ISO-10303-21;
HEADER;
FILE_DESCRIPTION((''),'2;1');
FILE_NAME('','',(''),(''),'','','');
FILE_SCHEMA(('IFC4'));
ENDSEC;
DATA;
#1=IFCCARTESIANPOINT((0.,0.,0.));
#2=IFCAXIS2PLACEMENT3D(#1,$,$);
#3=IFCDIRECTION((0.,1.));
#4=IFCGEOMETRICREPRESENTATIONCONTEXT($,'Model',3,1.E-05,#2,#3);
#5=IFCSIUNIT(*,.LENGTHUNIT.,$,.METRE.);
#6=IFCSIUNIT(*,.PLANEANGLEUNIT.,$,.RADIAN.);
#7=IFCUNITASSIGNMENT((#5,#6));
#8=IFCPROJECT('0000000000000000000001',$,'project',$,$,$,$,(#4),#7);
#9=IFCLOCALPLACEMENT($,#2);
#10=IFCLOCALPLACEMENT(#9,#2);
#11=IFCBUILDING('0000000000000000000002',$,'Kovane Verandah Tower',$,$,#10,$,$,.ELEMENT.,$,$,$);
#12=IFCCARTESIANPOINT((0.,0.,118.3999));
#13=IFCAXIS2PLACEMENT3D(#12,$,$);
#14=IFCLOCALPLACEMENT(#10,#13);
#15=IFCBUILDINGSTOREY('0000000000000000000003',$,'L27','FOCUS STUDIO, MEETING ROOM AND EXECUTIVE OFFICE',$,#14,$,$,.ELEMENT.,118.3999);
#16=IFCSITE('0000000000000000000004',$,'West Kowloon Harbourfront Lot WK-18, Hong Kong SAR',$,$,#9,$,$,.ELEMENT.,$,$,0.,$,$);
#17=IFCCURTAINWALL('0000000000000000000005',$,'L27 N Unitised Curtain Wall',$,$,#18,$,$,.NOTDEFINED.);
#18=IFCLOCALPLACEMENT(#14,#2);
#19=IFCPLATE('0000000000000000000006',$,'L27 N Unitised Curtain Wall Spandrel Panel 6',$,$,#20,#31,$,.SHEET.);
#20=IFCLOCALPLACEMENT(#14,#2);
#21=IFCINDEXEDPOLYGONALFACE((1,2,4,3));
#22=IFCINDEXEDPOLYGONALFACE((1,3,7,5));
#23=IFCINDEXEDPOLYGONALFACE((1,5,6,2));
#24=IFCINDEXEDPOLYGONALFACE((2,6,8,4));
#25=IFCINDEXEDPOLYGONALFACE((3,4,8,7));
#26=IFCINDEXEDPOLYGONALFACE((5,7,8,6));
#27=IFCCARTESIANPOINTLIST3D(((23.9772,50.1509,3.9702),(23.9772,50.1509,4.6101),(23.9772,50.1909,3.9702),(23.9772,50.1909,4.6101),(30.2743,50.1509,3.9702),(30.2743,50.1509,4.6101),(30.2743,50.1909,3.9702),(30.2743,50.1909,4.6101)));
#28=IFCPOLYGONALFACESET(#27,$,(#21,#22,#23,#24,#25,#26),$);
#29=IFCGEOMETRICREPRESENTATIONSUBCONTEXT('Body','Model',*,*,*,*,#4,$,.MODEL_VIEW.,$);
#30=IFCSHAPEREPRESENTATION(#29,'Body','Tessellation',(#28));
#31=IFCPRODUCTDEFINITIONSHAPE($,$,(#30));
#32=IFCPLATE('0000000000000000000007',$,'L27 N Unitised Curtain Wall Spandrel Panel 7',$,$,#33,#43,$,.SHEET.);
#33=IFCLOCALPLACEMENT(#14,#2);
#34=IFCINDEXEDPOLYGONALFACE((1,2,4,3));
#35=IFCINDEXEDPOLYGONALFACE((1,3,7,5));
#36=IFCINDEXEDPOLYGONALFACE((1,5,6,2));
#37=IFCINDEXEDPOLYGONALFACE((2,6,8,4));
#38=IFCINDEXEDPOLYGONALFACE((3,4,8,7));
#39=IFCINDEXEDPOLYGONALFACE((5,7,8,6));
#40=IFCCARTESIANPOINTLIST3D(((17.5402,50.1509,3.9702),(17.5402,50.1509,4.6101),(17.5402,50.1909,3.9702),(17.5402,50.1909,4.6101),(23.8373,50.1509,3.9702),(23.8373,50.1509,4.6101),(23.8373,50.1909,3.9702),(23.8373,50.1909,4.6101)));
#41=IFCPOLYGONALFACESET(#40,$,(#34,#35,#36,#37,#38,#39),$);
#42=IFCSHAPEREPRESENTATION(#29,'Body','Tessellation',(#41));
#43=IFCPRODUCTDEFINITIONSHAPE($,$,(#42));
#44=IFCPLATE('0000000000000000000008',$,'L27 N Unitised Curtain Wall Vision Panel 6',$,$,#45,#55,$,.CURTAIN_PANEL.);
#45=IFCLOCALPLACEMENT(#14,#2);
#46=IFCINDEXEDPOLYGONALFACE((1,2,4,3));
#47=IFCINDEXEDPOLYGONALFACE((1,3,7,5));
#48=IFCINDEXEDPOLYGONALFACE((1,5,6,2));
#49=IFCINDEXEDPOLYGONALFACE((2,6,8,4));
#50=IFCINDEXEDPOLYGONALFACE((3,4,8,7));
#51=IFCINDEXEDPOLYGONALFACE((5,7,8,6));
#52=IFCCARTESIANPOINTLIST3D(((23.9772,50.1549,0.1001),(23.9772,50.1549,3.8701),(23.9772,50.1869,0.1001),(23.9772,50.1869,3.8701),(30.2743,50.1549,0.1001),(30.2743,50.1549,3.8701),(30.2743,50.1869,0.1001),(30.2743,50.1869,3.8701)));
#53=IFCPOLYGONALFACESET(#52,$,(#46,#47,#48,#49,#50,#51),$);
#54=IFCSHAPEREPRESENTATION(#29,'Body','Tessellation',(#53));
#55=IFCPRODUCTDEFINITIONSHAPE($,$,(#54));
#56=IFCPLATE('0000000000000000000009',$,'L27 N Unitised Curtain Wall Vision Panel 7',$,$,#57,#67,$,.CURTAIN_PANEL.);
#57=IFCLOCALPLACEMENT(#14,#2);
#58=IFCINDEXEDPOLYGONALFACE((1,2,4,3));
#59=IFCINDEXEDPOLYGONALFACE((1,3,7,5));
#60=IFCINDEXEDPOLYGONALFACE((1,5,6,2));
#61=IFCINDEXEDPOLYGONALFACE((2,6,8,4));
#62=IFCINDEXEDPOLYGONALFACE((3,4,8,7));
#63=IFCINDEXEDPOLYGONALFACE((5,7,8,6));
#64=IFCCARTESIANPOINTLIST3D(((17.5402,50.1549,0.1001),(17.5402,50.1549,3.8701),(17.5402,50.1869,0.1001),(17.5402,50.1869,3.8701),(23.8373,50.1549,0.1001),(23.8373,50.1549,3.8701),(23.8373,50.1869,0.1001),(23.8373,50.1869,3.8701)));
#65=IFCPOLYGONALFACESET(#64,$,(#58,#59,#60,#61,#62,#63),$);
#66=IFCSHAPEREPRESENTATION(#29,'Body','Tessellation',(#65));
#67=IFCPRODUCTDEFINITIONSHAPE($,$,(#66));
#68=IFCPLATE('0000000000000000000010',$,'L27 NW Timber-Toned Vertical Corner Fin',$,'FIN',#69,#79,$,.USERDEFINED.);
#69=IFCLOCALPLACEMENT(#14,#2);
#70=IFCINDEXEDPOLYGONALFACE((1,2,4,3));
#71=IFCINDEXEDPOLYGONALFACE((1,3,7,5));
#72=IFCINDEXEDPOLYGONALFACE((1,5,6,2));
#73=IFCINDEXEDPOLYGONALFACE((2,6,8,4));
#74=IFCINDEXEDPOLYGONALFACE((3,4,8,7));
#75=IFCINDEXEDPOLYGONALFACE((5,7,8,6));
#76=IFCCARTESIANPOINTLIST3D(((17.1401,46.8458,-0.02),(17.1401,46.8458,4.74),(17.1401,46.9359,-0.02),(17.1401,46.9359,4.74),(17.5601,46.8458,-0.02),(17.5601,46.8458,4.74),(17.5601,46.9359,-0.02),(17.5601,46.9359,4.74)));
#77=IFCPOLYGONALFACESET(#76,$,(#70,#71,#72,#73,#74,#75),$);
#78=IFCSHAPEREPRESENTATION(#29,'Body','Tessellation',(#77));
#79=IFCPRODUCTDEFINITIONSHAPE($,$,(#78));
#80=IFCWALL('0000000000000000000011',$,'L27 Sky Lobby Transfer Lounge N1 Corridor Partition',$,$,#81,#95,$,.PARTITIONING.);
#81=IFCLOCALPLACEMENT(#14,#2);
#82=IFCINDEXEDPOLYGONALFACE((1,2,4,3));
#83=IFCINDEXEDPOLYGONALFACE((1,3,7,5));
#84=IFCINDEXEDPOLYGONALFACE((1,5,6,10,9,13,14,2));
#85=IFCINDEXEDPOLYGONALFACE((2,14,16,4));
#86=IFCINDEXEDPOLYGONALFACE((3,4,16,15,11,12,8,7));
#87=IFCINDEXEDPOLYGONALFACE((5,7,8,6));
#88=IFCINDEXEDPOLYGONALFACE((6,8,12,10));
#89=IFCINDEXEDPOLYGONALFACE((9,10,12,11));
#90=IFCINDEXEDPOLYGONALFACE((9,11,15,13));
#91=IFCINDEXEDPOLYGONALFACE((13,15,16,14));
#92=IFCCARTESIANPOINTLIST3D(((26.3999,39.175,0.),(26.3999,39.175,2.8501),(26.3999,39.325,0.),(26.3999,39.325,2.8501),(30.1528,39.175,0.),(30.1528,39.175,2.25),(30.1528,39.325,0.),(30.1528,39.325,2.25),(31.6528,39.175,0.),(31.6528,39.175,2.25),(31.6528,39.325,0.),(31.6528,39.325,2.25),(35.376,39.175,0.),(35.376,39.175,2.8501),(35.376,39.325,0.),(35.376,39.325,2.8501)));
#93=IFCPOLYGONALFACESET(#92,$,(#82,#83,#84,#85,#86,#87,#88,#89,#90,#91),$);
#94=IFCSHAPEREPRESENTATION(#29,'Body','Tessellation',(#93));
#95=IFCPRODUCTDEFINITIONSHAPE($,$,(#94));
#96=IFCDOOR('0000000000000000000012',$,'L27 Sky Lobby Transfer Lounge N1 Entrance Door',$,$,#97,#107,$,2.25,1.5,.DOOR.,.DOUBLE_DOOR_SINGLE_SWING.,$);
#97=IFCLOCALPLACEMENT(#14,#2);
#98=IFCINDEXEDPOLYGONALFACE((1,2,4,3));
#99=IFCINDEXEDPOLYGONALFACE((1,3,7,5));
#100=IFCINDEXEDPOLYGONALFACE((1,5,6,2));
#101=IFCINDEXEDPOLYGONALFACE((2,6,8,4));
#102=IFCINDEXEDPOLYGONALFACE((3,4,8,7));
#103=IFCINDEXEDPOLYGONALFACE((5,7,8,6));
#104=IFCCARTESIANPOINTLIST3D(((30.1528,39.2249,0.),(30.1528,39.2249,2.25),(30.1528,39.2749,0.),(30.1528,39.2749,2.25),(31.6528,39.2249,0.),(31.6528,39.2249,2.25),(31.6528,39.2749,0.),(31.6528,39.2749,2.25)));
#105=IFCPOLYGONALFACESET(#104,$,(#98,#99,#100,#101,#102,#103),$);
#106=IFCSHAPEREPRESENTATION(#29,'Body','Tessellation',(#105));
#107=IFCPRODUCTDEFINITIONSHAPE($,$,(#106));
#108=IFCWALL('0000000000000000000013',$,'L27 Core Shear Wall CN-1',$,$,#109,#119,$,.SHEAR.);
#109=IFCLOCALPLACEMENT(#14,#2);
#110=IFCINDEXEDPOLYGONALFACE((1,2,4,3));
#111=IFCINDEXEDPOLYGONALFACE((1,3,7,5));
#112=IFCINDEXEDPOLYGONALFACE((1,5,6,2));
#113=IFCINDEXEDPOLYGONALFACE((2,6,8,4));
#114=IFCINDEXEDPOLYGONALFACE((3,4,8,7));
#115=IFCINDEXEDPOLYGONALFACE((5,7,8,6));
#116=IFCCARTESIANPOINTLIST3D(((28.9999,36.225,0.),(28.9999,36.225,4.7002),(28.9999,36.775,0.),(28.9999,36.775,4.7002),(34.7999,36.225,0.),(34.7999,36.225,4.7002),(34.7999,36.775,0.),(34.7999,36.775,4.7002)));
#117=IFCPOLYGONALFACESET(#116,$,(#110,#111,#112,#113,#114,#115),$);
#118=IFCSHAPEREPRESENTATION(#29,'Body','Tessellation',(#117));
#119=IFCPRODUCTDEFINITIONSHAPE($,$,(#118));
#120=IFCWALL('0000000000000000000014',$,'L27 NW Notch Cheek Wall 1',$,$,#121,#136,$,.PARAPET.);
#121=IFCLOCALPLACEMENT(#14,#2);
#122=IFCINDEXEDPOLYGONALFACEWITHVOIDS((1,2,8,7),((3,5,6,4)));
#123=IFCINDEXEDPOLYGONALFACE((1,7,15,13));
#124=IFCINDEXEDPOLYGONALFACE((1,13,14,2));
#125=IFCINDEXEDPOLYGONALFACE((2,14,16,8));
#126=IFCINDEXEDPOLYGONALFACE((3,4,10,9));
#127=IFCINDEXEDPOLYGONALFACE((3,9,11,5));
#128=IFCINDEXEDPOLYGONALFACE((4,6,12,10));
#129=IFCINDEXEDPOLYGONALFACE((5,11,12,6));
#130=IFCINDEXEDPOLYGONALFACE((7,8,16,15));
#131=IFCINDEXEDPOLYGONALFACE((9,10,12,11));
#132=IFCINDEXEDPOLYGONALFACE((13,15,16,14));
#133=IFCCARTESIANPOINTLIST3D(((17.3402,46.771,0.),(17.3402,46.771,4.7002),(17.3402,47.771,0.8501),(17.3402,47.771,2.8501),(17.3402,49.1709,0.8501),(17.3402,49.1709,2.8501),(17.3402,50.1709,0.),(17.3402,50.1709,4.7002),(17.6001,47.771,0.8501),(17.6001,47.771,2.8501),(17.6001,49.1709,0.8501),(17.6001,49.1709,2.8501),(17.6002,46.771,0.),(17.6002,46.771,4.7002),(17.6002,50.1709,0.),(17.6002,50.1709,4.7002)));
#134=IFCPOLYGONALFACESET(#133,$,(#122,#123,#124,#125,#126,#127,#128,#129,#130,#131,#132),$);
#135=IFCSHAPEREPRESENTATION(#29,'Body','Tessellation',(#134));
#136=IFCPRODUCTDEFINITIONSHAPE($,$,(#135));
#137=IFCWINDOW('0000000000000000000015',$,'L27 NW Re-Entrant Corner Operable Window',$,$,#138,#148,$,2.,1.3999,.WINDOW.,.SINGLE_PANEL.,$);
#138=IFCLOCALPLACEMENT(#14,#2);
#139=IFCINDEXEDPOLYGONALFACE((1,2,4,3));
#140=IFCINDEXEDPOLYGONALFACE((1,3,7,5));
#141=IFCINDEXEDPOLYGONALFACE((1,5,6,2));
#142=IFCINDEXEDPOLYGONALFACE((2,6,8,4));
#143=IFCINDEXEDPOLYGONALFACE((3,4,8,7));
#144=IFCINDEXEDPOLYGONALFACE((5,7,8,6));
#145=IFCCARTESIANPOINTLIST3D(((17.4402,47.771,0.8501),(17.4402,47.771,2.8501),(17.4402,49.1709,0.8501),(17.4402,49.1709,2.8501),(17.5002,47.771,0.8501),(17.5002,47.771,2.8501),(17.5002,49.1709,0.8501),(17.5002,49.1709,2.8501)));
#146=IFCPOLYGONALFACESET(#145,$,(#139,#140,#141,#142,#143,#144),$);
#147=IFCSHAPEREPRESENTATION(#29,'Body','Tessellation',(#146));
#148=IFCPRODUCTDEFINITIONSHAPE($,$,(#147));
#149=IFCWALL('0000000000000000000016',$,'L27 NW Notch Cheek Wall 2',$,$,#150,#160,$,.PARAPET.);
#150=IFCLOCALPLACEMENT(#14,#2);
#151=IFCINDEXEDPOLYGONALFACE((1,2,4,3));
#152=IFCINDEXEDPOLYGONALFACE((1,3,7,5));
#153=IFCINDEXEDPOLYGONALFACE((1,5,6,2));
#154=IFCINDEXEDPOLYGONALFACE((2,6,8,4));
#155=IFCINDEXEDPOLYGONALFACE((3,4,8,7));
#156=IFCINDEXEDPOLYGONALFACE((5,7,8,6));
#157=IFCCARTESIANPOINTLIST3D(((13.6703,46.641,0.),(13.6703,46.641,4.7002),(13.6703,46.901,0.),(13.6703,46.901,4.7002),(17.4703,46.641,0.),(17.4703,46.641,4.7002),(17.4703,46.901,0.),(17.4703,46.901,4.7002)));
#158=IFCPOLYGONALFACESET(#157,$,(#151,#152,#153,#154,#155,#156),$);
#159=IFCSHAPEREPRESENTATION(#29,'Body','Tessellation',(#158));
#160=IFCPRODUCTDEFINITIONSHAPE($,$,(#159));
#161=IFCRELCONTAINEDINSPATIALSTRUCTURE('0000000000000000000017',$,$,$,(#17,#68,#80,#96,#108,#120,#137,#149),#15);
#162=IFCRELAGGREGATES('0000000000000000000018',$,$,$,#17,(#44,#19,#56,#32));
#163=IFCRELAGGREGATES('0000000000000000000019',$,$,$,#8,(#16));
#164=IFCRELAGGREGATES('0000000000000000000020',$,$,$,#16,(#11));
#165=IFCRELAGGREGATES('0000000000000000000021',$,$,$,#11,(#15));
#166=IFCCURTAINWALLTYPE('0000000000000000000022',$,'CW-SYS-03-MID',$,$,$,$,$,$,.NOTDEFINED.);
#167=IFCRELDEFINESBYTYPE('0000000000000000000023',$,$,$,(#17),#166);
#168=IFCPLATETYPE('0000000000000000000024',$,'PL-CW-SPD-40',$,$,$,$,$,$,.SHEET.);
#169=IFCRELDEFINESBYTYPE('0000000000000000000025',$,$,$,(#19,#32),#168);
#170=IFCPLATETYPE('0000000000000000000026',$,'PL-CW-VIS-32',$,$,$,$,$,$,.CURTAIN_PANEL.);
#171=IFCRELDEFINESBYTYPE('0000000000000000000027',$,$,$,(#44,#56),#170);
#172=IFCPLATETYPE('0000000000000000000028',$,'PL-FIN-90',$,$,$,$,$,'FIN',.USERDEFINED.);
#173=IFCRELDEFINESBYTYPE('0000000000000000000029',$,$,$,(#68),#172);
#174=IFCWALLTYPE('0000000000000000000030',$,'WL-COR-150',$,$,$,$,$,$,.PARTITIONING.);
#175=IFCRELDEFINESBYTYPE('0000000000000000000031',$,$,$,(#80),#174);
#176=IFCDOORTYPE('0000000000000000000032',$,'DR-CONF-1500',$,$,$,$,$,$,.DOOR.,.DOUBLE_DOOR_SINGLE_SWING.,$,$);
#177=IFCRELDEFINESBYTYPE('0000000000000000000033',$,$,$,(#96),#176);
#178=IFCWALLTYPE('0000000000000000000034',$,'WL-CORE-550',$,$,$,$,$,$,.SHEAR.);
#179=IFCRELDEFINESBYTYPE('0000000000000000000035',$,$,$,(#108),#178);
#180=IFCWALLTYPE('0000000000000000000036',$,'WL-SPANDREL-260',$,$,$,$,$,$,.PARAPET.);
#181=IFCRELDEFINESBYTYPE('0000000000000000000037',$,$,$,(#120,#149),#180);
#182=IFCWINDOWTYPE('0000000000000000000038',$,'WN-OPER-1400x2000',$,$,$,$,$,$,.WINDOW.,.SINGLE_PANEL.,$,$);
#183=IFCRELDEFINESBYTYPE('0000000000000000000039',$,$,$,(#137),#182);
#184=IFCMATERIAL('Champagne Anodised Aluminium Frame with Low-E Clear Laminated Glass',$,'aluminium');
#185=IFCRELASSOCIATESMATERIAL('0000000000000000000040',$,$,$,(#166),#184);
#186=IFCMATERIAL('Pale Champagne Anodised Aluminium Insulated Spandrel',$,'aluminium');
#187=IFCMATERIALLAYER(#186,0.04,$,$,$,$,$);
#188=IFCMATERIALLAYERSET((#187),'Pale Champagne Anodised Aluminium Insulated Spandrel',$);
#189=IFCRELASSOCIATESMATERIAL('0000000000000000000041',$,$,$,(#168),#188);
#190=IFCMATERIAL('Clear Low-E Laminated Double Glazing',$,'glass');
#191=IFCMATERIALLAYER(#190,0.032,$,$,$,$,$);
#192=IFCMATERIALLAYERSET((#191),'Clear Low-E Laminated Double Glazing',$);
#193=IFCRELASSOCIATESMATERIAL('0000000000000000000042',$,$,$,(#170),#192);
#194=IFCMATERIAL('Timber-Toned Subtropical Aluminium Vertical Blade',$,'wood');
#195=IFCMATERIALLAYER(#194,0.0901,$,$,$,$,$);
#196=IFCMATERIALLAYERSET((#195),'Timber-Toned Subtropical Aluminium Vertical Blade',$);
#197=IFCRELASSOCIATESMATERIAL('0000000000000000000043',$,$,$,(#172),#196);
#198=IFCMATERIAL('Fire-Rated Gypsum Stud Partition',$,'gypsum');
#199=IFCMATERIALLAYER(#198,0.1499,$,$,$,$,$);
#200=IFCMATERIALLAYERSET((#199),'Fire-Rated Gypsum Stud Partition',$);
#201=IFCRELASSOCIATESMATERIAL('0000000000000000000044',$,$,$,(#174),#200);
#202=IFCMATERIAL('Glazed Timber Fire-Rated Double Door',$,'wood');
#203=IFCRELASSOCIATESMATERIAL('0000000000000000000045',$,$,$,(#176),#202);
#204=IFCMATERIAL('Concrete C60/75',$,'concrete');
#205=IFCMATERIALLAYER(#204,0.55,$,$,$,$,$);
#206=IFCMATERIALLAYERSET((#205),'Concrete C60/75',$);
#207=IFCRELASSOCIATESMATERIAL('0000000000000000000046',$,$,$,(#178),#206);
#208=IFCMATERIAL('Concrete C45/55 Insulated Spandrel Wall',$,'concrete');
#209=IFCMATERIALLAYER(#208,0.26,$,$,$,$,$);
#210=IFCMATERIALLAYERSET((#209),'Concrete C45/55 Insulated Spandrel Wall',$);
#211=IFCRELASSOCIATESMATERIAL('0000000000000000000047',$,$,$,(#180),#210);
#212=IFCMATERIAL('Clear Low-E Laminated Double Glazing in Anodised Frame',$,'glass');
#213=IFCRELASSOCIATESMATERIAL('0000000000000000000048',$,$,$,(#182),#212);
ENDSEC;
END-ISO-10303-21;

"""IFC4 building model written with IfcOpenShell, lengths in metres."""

from ifc_helpers import new_model, si_unit, direction, frame, frame_2d, origin, origin_2d, place, context, subcontext, project, spatial, rectangle, extrude, material, layer, layer_set, type_object, element, fill, aggregate, save


model = new_model("IFC4")

# Units and contexts
model_context = context("Model", 3, precision=1e-05, world=origin(), true_north=direction((0.0, 1.0)))
body_context = subcontext(model_context, "Body", "Model", "MODEL_VIEW")
ifc_project = project(units=[si_unit("LENGTHUNIT", "METRE"), si_unit("PLANEANGLEUNIT", "RADIAN")], contexts=[model_context])

# Site, building, storey
site_placement = place(None, origin())
site = spatial("IfcSite", under=ifc_project, at=site_placement, Name="West Kowloon Harbourfront Lot WK-18, Hong Kong SAR", CompositionType="ELEMENT", RefElevation=0.0)
building_placement = place(site_placement, origin())
building = spatial("IfcBuilding", under=site, at=building_placement, Name="Kovane Verandah Tower", CompositionType="ELEMENT")
storey_placement = place(building_placement, frame((0.0, 0.0, 118.3999)))
storey = spatial("IfcBuildingStorey", under=building, at=storey_placement, Name="L27", Description="FOCUS STUDIO, MEETING ROOM AND EXECUTIVE OFFICE", CompositionType="ELEMENT", Elevation=118.3999)

# Curtain wall
ifc_material_1 = material(Name="Champagne Anodised Aluminium Frame with Low-E Clear Laminated Glass", Category="aluminium")
curtain_wall_type = type_object("IfcCurtainWallType", Name="CW-SYS-03-MID", PredefinedType="NOTDEFINED", material=ifc_material_1)
curtain_wall_placement = place(storey_placement, origin())
curtain_wall = element("IfcCurtainWall", 1, at=curtain_wall_placement, inside=storey, type_object=curtain_wall_type, Name="L27 N Unitised Curtain Wall", PredefinedType="NOTDEFINED")

# Plates
ifc_material_2 = material(Name="Pale Champagne Anodised Aluminium Insulated Spandrel", Category="aluminium")
ifc_layer_1 = layer(ifc_material_2, 0.04)
ifc_layer_set_1 = layer_set([ifc_layer_1], Name="Pale Champagne Anodised Aluminium Insulated Spandrel")
plate_type_1 = type_object("IfcPlateType", Name="PL-CW-SPD-40", PredefinedType="SHEET", material=ifc_layer_set_1)
plate_1_placement = place(storey_placement, frame((27.1257, 50.1709, 3.9702), z_axis=(0.0, 0.0, 1.0), x_axis=(-1.0, 0.0, 0.0)))
plate_1 = element("IfcPlate", 2, at=plate_1_placement, type_object=plate_type_1, Name="L27 N Unitised Curtain Wall Spandrel Panel 6", PredefinedType="SHEET", context=body_context, shape_type="SweptSolid", body=[
    extrude(rectangle(XDim=6.2971, YDim=0.04, at=origin_2d()), origin(), (0.0, 0.0, 1.0), 0.6399),
])
plate_2_placement = place(storey_placement, frame((20.6887, 50.1709, 3.9702), z_axis=(0.0, 0.0, 1.0), x_axis=(-1.0, 0.0, 0.0)))
plate_2 = element("IfcPlate", 3, at=plate_2_placement, type_object=plate_type_1, Name="L27 N Unitised Curtain Wall Spandrel Panel 7", PredefinedType="SHEET", context=body_context, shape_type="SweptSolid", body=[
    extrude(rectangle(XDim=6.2971, YDim=0.04, at=origin_2d()), origin(), (0.0, 0.0, 1.0), 0.6399),
])
ifc_material_3 = material(Name="Clear Low-E Laminated Double Glazing", Category="glass")
ifc_layer_2 = layer(ifc_material_3, 0.032)
ifc_layer_set_2 = layer_set([ifc_layer_2], Name="Clear Low-E Laminated Double Glazing")
plate_type_2 = type_object("IfcPlateType", Name="PL-CW-VIS-32", PredefinedType="CURTAIN_PANEL", material=ifc_layer_set_2)
plate_3_placement = place(storey_placement, frame((27.1257, 50.1709, 0.1001), z_axis=(0.0, 0.0, 1.0), x_axis=(-1.0, 0.0, 0.0)))
plate_3 = element("IfcPlate", 4, at=plate_3_placement, type_object=plate_type_2, Name="L27 N Unitised Curtain Wall Vision Panel 6", PredefinedType="CURTAIN_PANEL", context=body_context, shape_type="SweptSolid", body=[
    extrude(rectangle(XDim=6.2971, YDim=0.032, at=origin_2d()), origin(), (0.0, 0.0, 1.0), 3.77),
])
plate_4_placement = place(storey_placement, frame((20.6887, 50.1709, 0.1001), z_axis=(0.0, 0.0, 1.0), x_axis=(-1.0, 0.0, 0.0)))
plate_4 = element("IfcPlate", 5, at=plate_4_placement, type_object=plate_type_2, Name="L27 N Unitised Curtain Wall Vision Panel 7", PredefinedType="CURTAIN_PANEL", context=body_context, shape_type="SweptSolid", body=[
    extrude(rectangle(XDim=6.2971, YDim=0.032, at=origin_2d()), origin(), (0.0, 0.0, 1.0), 3.77),
])
aggregate(curtain_wall, [plate_3, plate_1, plate_4, plate_2])
ifc_material_4 = material(Name="Timber-Toned Subtropical Aluminium Vertical Blade", Category="wood")
ifc_layer_3 = layer(ifc_material_4, 0.0901)
ifc_layer_set_3 = layer_set([ifc_layer_3], Name="Timber-Toned Subtropical Aluminium Vertical Blade")
plate_type_3 = type_object("IfcPlateType", Name="PL-FIN-90", ElementType="FIN", PredefinedType="USERDEFINED", material=ifc_layer_set_3)
plate_5_placement = place(storey_placement, frame((17.3501, 46.8909, -0.02), z_axis=(0.0, 0.0, 1.0), x_axis=(1.0, 0.0, 0.0)))
element("IfcPlate", 6, at=plate_5_placement, inside=storey, type_object=plate_type_3, Name="L27 NW Timber-Toned Vertical Corner Fin", ObjectType="FIN", PredefinedType="USERDEFINED", context=body_context, shape_type="SweptSolid", body=[
    extrude(rectangle(XDim=0.4199, YDim=0.0901, at=origin_2d()), origin(), (0.0, 0.0, 1.0), 4.76),
])

# Wall, opening, door
ifc_material_5 = material(Name="Fire-Rated Gypsum Stud Partition", Category="gypsum")
ifc_layer_4 = layer(ifc_material_5, 0.1499)
ifc_layer_set_4 = layer_set([ifc_layer_4], Name="Fire-Rated Gypsum Stud Partition")
wall_type_1 = type_object("IfcWallType", Name="WL-COR-150", PredefinedType="PARTITIONING", material=ifc_layer_set_4)
wall_1_placement = place(storey_placement, frame((26.3999, 39.25, 0.0), z_axis=(0.0, 0.0, 1.0), x_axis=(1.0, 0.0, 0.0)))
wall_1 = element("IfcWall", 7, at=wall_1_placement, inside=storey, type_object=wall_type_1, Name="L27 Sky Lobby Transfer Lounge N1 Corridor Partition", PredefinedType="PARTITIONING", context=body_context, shape_type="SweptSolid", body=[
    extrude(rectangle(XDim=8.9761, YDim=0.1499, at=frame_2d((4.488, 0.0))), origin(), (0.0, 0.0, 1.0), 2.8501),
])
opening_1_placement = place(wall_1_placement, frame((3.7529, 0.0, 0.0)))
opening_1 = element("IfcOpeningElement", 8, at=opening_1_placement, cuts=wall_1, PredefinedType="OPENING", context=body_context, shape_type="SweptSolid", body=[
    extrude(rectangle(XDim=1.5, YDim=2.25, at=frame_2d((0.75, 1.125))), frame((0.0, 0.075, 0.0), z_axis=(0.0, -1.0, 0.0), x_axis=(1.0, 0.0, 0.0)), (0.0, 0.0, 1.0), 0.1499),
])
ifc_material_6 = material(Name="Glazed Timber Fire-Rated Double Door", Category="wood")
door_type_1 = type_object("IfcDoorType", Name="DR-CONF-1500", OperationType="DOUBLE_DOOR_SINGLE_SWING", PredefinedType="DOOR", material=ifc_material_6)
door_1_placement = place(opening_1_placement, origin())
door_1 = element("IfcDoor", 9, at=door_1_placement, inside=storey, type_object=door_type_1, Name="L27 Sky Lobby Transfer Lounge N1 Entrance Door", OperationType="DOUBLE_DOOR_SINGLE_SWING", OverallHeight=2.25, OverallWidth=1.5, PredefinedType="DOOR", context=body_context, shape_type="SweptSolid", body=[
    extrude(rectangle(XDim=1.5, YDim=2.25, at=frame_2d((0.75, 1.125))), frame((0.0, 0.0249, 0.0), z_axis=(0.0, -1.0, 0.0), x_axis=(1.0, 0.0, 0.0)), (0.0, 0.0, 1.0), 0.05),
])
fill(opening_1, door_1)

# Wall
ifc_material_7 = material(Name="Concrete C60/75", Category="concrete")
ifc_layer_5 = layer(ifc_material_7, 0.55)
ifc_layer_set_5 = layer_set([ifc_layer_5], Name="Concrete C60/75")
wall_type_2 = type_object("IfcWallType", Name="WL-CORE-550", PredefinedType="SHEAR", material=ifc_layer_set_5)
wall_2_placement = place(storey_placement, frame((29.0, 36.5, 0.0), z_axis=(0.0, 0.0, 1.0), x_axis=(1.0, 0.0, 0.0)))
element("IfcWall", 10, at=wall_2_placement, inside=storey, type_object=wall_type_2, Name="L27 Core Shear Wall CN-1", PredefinedType="SHEAR", context=body_context, shape_type="SweptSolid", body=[
    extrude(rectangle(XDim=5.8, YDim=0.55, at=frame_2d((2.8999, 0.0))), origin(), (0.0, 0.0, 1.0), 4.7002),
])

# Shared definitions
ifc_material_8 = material(Name="Concrete C45/55 Insulated Spandrel Wall", Category="concrete")
ifc_layer_6 = layer(ifc_material_8, 0.26)
ifc_layer_set_6 = layer_set([ifc_layer_6], Name="Concrete C45/55 Insulated Spandrel Wall")
wall_type_3 = type_object("IfcWallType", Name="WL-SPANDREL-260", PredefinedType="PARAPET", material=ifc_layer_set_6)
ifc_material_9 = material(Name="Clear Low-E Laminated Double Glazing in Anodised Frame", Category="glass")

# Wall, opening, window
wall_3_placement = place(storey_placement, frame((17.4702, 50.1709, 0.0), z_axis=(0.0, 0.0, 1.0), x_axis=(0.0, -1.0, 0.0)))
wall_3 = element("IfcWall", 11, at=wall_3_placement, inside=storey, type_object=wall_type_3, Name="L27 NW Notch Cheek Wall 1", PredefinedType="PARAPET", context=body_context, shape_type="SweptSolid", body=[
    extrude(rectangle(XDim=3.3999, YDim=0.26, at=frame_2d((1.7, 0.0))), origin(), (0.0, 0.0, 1.0), 4.7002),
])
opening_2_placement = place(wall_3_placement, frame((1.0, 0.0, 0.8501)))
opening_2 = element("IfcOpeningElement", 12, at=opening_2_placement, cuts=wall_3, PredefinedType="OPENING", context=body_context, shape_type="SweptSolid", body=[
    extrude(rectangle(XDim=1.3999, YDim=2.0, at=frame_2d((0.7, 1.0))), frame((0.0, 0.1299, 0.0), z_axis=(0.0, -1.0, 0.0), x_axis=(1.0, 0.0, 0.0)), (0.0, 0.0, 1.0), 0.26),
])
window_type_1 = type_object("IfcWindowType", Name="WN-OPER-1400x2000", PartitioningType="SINGLE_PANEL", PredefinedType="WINDOW", material=ifc_material_9)
window_1_placement = place(opening_2_placement, origin())
window_1 = element("IfcWindow", 13, at=window_1_placement, inside=storey, type_object=window_type_1, Name="L27 NW Re-Entrant Corner Operable Window", OverallHeight=2.0, OverallWidth=1.3999, PartitioningType="SINGLE_PANEL", PredefinedType="WINDOW", context=body_context, shape_type="SweptSolid", body=[
    extrude(rectangle(XDim=1.3999, YDim=2.0, at=frame_2d((0.7, 1.0))), frame((0.0, 0.03, 0.0), z_axis=(0.0, -1.0, 0.0), x_axis=(1.0, 0.0, 0.0)), (0.0, 0.0, 1.0), 0.0601),
])
fill(opening_2, window_1)

# Wall
wall_4_placement = place(storey_placement, frame((17.4702, 46.771, 0.0), z_axis=(0.0, 0.0, 1.0), x_axis=(-1.0, 0.0, 0.0)))
element("IfcWall", 14, at=wall_4_placement, inside=storey, type_object=wall_type_3, Name="L27 NW Notch Cheek Wall 2", PredefinedType="PARAPET", context=body_context, shape_type="SweptSolid", body=[
    extrude(rectangle(XDim=3.8, YDim=0.26, at=frame_2d((1.8999, 0.0))), origin(), (0.0, 0.0, 1.0), 4.7002),
])

save(model, "model.ifc")
